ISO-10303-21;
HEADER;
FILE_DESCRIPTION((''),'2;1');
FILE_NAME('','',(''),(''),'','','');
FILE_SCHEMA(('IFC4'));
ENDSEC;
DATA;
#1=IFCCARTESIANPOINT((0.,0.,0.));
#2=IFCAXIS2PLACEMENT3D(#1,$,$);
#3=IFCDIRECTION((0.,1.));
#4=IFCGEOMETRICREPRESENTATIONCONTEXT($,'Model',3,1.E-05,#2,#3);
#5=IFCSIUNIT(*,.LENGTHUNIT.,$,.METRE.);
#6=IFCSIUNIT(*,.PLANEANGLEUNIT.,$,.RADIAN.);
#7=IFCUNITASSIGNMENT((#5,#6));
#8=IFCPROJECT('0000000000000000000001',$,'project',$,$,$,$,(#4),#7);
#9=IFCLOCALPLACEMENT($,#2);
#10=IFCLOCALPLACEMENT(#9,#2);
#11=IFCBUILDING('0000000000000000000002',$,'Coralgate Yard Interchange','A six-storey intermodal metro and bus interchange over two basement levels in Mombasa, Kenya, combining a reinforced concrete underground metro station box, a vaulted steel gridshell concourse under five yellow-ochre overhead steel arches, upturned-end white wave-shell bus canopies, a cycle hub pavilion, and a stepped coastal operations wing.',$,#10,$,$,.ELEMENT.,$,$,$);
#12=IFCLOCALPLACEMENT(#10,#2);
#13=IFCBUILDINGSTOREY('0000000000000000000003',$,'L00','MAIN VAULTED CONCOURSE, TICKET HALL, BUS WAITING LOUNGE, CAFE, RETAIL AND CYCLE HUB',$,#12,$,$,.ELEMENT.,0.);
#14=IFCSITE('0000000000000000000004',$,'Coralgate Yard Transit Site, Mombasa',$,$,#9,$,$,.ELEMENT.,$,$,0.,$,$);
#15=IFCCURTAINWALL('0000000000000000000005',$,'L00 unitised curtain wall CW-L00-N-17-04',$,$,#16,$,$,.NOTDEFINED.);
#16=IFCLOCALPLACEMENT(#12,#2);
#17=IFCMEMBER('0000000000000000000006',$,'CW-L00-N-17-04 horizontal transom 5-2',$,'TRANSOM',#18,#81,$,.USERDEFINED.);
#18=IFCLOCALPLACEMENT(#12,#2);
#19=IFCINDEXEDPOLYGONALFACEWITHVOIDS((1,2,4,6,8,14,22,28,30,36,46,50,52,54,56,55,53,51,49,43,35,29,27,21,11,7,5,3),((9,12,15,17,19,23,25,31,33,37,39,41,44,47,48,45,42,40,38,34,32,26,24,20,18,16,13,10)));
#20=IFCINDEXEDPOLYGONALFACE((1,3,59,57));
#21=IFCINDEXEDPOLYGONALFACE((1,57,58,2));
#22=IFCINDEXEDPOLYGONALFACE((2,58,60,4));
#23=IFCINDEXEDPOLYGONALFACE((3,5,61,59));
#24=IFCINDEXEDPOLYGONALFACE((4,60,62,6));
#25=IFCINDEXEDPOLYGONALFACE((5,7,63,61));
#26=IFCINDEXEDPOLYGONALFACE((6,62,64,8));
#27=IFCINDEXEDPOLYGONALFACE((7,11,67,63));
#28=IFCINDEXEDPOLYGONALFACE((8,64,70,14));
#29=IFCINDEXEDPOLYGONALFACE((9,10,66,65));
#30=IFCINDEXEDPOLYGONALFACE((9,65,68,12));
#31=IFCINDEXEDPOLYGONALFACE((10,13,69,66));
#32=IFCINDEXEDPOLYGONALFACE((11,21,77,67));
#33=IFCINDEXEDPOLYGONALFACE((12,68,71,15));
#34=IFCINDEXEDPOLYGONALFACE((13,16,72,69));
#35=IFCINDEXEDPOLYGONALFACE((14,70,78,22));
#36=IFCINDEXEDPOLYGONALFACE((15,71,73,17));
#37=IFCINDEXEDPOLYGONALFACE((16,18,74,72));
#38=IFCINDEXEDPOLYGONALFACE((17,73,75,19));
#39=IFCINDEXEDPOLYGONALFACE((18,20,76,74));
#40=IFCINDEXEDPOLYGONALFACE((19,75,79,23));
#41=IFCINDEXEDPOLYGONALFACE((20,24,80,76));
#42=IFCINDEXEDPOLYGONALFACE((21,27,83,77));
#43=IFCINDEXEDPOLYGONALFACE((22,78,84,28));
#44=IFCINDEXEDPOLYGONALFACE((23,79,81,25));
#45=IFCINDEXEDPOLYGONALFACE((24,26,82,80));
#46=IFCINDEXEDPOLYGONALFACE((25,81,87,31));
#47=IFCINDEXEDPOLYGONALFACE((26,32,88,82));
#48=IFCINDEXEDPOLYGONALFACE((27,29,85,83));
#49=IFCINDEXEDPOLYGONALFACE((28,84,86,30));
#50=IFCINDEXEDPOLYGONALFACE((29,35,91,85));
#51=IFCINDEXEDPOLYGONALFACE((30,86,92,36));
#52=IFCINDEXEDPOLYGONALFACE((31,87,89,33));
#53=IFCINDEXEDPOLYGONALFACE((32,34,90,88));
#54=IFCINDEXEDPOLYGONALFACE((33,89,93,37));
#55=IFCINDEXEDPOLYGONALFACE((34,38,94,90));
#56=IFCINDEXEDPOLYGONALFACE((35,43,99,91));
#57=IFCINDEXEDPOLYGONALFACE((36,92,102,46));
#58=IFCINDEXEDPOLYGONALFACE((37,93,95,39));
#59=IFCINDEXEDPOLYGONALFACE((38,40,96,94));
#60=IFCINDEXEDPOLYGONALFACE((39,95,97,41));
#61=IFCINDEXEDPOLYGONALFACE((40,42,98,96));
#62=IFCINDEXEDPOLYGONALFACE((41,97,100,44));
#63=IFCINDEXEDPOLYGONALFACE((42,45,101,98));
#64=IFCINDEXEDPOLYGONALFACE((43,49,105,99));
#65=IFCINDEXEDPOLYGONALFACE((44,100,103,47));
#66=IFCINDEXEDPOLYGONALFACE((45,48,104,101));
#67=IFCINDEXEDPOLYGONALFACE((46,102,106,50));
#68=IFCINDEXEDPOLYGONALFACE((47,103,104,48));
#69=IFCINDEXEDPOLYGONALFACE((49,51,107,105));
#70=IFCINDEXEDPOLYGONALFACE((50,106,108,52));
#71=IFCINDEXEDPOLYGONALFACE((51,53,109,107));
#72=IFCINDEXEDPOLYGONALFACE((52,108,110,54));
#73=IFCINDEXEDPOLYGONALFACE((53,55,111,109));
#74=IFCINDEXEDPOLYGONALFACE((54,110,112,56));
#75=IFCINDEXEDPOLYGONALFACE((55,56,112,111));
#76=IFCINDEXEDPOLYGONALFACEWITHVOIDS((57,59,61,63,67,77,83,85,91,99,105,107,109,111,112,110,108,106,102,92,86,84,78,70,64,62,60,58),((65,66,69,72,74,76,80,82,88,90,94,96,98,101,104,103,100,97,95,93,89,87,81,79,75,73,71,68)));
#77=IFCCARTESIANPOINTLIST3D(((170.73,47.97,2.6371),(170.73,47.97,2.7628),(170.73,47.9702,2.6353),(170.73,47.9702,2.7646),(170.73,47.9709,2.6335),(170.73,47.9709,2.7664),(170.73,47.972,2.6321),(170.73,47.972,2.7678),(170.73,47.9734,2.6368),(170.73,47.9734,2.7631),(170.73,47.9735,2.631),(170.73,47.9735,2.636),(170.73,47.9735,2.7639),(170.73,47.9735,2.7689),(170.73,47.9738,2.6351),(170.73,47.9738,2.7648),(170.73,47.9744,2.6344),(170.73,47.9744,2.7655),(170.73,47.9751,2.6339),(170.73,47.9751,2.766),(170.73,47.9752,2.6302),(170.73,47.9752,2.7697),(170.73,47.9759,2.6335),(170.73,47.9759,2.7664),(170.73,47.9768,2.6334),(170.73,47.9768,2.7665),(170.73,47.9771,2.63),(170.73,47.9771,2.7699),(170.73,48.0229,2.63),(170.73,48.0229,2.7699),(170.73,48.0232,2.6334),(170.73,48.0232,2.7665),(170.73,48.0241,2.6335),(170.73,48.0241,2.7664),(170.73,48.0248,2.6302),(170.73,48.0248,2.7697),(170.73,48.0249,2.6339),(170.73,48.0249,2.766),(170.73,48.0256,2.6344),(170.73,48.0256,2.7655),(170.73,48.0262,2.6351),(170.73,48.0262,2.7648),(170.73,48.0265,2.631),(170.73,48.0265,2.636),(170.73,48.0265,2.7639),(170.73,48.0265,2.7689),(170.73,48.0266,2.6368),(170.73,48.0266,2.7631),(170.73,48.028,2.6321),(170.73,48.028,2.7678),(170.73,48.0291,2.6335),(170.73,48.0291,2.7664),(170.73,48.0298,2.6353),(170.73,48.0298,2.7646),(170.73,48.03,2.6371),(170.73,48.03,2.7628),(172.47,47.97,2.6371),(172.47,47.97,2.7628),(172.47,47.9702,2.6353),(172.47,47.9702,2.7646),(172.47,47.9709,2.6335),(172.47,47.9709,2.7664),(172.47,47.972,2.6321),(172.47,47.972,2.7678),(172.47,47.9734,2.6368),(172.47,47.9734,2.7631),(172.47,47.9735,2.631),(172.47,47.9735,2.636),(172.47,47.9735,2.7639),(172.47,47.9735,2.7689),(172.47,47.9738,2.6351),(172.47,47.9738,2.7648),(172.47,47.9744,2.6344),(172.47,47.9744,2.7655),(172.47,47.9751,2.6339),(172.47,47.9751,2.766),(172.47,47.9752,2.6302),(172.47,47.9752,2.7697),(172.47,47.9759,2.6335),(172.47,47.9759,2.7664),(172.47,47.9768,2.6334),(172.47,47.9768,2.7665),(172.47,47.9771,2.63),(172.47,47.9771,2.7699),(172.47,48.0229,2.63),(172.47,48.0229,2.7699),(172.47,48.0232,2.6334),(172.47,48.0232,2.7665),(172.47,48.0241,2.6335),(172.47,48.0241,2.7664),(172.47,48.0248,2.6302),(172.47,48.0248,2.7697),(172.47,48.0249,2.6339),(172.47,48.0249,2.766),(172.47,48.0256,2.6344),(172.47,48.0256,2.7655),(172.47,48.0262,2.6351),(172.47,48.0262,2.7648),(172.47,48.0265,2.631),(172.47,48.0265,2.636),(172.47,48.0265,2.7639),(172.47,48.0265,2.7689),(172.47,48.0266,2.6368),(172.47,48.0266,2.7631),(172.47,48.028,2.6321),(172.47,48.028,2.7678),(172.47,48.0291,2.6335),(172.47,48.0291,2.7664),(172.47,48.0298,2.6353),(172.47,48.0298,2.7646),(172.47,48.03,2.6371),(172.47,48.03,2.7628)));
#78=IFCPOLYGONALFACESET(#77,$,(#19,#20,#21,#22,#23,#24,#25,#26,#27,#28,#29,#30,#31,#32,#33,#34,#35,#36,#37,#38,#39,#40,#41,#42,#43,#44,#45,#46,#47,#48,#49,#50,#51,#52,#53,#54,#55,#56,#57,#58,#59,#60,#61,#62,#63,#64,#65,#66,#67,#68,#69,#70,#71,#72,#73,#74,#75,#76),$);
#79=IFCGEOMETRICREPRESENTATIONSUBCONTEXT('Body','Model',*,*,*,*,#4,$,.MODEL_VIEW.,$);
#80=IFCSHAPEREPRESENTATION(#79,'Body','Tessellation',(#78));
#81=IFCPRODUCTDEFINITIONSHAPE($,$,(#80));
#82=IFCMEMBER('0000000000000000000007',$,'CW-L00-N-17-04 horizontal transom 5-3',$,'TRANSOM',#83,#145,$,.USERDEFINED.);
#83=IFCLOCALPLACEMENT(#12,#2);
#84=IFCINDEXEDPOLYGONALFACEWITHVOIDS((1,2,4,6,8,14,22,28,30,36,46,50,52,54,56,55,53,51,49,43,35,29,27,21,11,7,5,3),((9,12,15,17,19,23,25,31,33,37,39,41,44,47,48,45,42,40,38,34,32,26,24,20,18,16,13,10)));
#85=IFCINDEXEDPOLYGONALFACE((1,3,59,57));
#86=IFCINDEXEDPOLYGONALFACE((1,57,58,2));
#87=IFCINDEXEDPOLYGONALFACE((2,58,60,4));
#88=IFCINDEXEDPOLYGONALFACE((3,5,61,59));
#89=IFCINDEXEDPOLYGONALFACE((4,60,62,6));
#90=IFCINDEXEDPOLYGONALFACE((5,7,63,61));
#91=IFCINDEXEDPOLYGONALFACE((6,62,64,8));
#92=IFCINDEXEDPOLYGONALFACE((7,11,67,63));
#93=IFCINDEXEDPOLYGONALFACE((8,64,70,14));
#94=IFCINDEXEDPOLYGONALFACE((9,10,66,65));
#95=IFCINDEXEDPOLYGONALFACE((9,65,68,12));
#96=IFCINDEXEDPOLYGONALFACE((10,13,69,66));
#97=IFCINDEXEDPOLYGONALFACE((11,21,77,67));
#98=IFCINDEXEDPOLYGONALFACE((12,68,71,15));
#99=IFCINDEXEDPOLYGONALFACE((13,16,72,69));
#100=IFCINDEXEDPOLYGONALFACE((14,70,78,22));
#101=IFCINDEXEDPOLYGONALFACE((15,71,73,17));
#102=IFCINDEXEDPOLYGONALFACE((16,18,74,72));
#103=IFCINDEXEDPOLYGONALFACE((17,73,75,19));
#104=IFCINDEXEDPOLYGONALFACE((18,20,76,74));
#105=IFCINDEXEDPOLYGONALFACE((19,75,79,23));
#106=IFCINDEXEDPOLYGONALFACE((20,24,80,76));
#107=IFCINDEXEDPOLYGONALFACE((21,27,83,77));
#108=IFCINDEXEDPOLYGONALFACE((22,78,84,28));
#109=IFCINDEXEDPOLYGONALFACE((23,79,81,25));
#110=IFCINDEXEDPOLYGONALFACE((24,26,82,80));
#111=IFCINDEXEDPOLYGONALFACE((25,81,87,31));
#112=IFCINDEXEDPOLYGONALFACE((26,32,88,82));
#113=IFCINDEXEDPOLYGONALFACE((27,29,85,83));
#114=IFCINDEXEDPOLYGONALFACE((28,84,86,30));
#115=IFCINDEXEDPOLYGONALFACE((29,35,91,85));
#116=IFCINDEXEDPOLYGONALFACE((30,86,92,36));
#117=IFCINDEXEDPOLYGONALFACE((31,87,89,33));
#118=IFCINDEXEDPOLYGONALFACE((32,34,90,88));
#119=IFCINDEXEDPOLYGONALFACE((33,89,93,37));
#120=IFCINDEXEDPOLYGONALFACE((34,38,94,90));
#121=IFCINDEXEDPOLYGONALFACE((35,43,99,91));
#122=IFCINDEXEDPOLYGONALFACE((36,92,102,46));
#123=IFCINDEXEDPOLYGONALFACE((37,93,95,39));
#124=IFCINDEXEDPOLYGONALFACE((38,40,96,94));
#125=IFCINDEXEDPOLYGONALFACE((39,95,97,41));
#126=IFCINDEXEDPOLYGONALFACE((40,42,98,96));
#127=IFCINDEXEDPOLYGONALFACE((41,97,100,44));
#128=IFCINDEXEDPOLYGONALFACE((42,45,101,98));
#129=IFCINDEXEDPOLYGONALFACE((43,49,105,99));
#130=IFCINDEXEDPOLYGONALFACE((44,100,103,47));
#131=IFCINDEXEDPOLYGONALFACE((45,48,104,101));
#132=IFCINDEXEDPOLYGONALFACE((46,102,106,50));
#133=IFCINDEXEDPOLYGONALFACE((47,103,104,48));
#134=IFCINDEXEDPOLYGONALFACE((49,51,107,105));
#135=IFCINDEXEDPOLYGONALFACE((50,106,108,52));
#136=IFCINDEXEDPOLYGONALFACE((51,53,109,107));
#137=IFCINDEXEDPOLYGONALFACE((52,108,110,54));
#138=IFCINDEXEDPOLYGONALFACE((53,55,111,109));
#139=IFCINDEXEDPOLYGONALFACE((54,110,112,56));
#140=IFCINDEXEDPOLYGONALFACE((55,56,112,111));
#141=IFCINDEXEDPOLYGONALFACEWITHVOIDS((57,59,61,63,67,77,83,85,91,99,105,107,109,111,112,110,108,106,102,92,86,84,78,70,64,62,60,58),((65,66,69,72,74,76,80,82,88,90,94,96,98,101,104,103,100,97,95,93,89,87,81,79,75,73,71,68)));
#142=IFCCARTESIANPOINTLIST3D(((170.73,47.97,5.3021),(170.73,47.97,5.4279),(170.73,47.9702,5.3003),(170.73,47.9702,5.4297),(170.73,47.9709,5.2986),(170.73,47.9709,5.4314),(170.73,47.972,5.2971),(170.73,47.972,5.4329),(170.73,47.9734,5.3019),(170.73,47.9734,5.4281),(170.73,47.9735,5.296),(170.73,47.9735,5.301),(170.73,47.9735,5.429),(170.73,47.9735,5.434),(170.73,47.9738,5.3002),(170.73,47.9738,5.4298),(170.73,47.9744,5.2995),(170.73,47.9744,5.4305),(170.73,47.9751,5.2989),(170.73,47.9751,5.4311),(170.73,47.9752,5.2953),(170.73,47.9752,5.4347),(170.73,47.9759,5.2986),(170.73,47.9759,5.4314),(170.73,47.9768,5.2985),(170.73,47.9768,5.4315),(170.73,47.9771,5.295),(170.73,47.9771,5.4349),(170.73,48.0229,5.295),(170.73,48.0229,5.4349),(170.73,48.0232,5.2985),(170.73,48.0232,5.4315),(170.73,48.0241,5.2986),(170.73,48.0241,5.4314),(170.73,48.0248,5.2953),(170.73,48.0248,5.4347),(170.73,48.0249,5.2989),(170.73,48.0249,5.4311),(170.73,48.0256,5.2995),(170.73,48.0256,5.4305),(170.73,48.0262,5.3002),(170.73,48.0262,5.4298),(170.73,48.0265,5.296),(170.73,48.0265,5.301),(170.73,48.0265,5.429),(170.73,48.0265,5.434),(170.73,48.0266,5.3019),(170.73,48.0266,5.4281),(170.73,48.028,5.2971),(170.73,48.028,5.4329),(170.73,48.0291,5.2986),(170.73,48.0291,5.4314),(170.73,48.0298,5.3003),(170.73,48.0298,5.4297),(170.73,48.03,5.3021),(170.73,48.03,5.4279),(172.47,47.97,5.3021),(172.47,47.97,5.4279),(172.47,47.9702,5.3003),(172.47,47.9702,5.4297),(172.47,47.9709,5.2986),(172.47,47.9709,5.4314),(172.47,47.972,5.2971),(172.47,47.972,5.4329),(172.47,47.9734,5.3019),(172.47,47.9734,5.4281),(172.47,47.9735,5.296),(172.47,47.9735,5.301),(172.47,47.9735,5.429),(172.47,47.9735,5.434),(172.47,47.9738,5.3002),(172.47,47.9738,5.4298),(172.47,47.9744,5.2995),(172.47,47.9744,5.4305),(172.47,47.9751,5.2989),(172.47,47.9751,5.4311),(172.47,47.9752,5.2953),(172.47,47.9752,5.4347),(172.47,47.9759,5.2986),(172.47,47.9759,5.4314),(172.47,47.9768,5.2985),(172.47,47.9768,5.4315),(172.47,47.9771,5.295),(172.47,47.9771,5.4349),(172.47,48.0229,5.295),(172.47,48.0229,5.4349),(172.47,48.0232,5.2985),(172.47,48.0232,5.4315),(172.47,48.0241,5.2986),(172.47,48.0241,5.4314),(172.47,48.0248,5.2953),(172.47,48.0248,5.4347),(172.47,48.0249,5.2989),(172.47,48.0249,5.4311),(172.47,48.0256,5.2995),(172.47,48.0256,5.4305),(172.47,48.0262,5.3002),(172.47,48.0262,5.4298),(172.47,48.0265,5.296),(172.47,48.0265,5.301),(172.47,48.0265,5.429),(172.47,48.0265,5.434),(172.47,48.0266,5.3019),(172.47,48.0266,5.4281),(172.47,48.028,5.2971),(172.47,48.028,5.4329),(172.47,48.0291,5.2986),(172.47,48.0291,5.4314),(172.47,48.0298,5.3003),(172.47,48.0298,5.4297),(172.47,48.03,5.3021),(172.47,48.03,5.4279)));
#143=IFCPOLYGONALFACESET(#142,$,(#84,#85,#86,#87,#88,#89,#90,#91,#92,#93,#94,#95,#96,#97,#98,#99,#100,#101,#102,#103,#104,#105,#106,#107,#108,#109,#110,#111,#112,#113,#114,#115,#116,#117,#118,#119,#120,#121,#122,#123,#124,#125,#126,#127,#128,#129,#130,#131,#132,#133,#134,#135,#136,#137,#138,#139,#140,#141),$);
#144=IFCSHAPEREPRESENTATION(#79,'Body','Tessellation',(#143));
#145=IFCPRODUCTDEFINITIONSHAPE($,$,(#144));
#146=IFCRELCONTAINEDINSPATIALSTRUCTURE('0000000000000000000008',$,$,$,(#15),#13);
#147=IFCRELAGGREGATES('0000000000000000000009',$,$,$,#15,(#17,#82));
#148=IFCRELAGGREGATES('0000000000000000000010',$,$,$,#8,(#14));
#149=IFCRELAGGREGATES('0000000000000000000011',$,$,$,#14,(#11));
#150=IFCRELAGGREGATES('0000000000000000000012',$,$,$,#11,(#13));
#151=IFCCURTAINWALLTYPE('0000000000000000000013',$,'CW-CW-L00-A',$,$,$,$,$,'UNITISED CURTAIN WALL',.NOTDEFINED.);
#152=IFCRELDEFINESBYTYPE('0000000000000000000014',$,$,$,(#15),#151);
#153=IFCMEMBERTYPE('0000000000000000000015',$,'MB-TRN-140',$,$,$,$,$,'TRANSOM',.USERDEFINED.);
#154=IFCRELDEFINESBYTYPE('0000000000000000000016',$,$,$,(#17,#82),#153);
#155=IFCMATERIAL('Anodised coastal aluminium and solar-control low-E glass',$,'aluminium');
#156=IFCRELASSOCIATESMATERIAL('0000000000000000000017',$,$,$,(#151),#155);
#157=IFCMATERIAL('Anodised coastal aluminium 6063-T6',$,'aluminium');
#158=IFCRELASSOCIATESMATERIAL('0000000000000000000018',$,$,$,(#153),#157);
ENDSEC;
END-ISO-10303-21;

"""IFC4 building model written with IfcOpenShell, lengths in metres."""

from ifc_helpers import new_model, si_unit, direction, frame, origin, origin_2d, place, context, subcontext, project, spatial, hollow_rectangle, extrude, material, material_profile, profile_set, type_object, element, aggregate, save


model = new_model("IFC4")

# Units and contexts
model_context = context("Model", 3, precision=1e-05, world=origin(), true_north=direction((0.0, 1.0)))
body_context = subcontext(model_context, "Body", "Model", "MODEL_VIEW")
ifc_project = project(units=[si_unit("LENGTHUNIT", "METRE"), si_unit("PLANEANGLEUNIT", "RADIAN")], contexts=[model_context])

# Site, building, storey
site_placement = place(None, origin())
site = spatial("IfcSite", under=ifc_project, at=site_placement, Name="Coralgate Yard Transit Site, Mombasa", CompositionType="ELEMENT", RefElevation=0.0)
building_placement = place(site_placement, origin())
building = spatial("IfcBuilding", under=site, at=building_placement, Name="Coralgate Yard Interchange", Description="A six-storey intermodal metro and bus interchange over two basement levels in Mombasa, Kenya, combining a reinforced concrete underground metro station box, a vaulted steel gridshell concourse under five yellow-ochre overhead steel arches, upturned-end white wave-shell bus canopies, a cycle hub pavilion, and a stepped coastal operations wing.", CompositionType="ELEMENT")
storey_placement = place(building_placement, origin())
storey = spatial("IfcBuildingStorey", under=building, at=storey_placement, Name="L00", Description="MAIN VAULTED CONCOURSE, TICKET HALL, BUS WAITING LOUNGE, CAFE, RETAIL AND CYCLE HUB", CompositionType="ELEMENT", Elevation=0.0)

# Curtain wall
ifc_material_1 = material(Name="Anodised coastal aluminium and solar-control low-E glass", Category="aluminium")
curtain_wall_type_1 = type_object("IfcCurtainWallType", Name="CW-CW-L00-A", ElementType="UNITISED CURTAIN WALL", PredefinedType="NOTDEFINED", material=ifc_material_1)
curtain_wall_1_placement = place(storey_placement, origin())
curtain_wall_1 = element("IfcCurtainWall", 1, at=curtain_wall_1_placement, inside=storey, type_object=curtain_wall_type_1, Name="L00 unitised curtain wall CW-L00-N-17-04", PredefinedType="NOTDEFINED")
ifc_material_2 = material(Name="Anodised coastal aluminium 6063-T6", Category="aluminium")

# Members
ifc_material_profile_1 = material_profile(ifc_material_2, hollow_rectangle(XDim=0.0601, YDim=0.1399, WallThickness=0.0034, InnerFilletRadius=0.0034, OuterFilletRadius=0.0071, at=origin_2d()), Name="ALU 60x140x3.5")
ifc_profile_set_1 = profile_set([ifc_material_profile_1], Name="Anodised coastal aluminium 6063-T6")
member_type_1 = type_object("IfcMemberType", Name="MB-TRN-140", ElementType="TRANSOM", PredefinedType="USERDEFINED", material=ifc_profile_set_1)
member_1_placement = place(storey_placement, frame((170.73, 48.0, 2.7), z_axis=(1.0, 0.0, 0.0), x_axis=(0.0, 1.0, 0.0)))
member_1 = element("IfcMember", 2, at=member_1_placement, type_object=member_type_1, Name="CW-L00-N-17-04 horizontal transom 5-2", ObjectType="TRANSOM", PredefinedType="USERDEFINED", context=body_context, shape_type="SweptSolid", body=[
    extrude(hollow_rectangle(XDim=0.0601, YDim=0.1399, WallThickness=0.0034, InnerFilletRadius=0.0034, OuterFilletRadius=0.0071, at=origin_2d()), origin(), (0.0, 0.0, 1.0), 1.74),
])
member_2_placement = place(storey_placement, frame((170.73, 48.0, 5.365), z_axis=(1.0, 0.0, 0.0), x_axis=(0.0, 1.0, 0.0)))
member_2 = element("IfcMember", 3, at=member_2_placement, type_object=member_type_1, Name="CW-L00-N-17-04 horizontal transom 5-3", ObjectType="TRANSOM", PredefinedType="USERDEFINED", context=body_context, shape_type="SweptSolid", body=[
    extrude(hollow_rectangle(XDim=0.0601, YDim=0.1399, WallThickness=0.0034, InnerFilletRadius=0.0034, OuterFilletRadius=0.0071, at=origin_2d()), origin(), (0.0, 0.0, 1.0), 1.74),
])

aggregate(curtain_wall_1, [member_1, member_2])

save(model, "model.ifc")
